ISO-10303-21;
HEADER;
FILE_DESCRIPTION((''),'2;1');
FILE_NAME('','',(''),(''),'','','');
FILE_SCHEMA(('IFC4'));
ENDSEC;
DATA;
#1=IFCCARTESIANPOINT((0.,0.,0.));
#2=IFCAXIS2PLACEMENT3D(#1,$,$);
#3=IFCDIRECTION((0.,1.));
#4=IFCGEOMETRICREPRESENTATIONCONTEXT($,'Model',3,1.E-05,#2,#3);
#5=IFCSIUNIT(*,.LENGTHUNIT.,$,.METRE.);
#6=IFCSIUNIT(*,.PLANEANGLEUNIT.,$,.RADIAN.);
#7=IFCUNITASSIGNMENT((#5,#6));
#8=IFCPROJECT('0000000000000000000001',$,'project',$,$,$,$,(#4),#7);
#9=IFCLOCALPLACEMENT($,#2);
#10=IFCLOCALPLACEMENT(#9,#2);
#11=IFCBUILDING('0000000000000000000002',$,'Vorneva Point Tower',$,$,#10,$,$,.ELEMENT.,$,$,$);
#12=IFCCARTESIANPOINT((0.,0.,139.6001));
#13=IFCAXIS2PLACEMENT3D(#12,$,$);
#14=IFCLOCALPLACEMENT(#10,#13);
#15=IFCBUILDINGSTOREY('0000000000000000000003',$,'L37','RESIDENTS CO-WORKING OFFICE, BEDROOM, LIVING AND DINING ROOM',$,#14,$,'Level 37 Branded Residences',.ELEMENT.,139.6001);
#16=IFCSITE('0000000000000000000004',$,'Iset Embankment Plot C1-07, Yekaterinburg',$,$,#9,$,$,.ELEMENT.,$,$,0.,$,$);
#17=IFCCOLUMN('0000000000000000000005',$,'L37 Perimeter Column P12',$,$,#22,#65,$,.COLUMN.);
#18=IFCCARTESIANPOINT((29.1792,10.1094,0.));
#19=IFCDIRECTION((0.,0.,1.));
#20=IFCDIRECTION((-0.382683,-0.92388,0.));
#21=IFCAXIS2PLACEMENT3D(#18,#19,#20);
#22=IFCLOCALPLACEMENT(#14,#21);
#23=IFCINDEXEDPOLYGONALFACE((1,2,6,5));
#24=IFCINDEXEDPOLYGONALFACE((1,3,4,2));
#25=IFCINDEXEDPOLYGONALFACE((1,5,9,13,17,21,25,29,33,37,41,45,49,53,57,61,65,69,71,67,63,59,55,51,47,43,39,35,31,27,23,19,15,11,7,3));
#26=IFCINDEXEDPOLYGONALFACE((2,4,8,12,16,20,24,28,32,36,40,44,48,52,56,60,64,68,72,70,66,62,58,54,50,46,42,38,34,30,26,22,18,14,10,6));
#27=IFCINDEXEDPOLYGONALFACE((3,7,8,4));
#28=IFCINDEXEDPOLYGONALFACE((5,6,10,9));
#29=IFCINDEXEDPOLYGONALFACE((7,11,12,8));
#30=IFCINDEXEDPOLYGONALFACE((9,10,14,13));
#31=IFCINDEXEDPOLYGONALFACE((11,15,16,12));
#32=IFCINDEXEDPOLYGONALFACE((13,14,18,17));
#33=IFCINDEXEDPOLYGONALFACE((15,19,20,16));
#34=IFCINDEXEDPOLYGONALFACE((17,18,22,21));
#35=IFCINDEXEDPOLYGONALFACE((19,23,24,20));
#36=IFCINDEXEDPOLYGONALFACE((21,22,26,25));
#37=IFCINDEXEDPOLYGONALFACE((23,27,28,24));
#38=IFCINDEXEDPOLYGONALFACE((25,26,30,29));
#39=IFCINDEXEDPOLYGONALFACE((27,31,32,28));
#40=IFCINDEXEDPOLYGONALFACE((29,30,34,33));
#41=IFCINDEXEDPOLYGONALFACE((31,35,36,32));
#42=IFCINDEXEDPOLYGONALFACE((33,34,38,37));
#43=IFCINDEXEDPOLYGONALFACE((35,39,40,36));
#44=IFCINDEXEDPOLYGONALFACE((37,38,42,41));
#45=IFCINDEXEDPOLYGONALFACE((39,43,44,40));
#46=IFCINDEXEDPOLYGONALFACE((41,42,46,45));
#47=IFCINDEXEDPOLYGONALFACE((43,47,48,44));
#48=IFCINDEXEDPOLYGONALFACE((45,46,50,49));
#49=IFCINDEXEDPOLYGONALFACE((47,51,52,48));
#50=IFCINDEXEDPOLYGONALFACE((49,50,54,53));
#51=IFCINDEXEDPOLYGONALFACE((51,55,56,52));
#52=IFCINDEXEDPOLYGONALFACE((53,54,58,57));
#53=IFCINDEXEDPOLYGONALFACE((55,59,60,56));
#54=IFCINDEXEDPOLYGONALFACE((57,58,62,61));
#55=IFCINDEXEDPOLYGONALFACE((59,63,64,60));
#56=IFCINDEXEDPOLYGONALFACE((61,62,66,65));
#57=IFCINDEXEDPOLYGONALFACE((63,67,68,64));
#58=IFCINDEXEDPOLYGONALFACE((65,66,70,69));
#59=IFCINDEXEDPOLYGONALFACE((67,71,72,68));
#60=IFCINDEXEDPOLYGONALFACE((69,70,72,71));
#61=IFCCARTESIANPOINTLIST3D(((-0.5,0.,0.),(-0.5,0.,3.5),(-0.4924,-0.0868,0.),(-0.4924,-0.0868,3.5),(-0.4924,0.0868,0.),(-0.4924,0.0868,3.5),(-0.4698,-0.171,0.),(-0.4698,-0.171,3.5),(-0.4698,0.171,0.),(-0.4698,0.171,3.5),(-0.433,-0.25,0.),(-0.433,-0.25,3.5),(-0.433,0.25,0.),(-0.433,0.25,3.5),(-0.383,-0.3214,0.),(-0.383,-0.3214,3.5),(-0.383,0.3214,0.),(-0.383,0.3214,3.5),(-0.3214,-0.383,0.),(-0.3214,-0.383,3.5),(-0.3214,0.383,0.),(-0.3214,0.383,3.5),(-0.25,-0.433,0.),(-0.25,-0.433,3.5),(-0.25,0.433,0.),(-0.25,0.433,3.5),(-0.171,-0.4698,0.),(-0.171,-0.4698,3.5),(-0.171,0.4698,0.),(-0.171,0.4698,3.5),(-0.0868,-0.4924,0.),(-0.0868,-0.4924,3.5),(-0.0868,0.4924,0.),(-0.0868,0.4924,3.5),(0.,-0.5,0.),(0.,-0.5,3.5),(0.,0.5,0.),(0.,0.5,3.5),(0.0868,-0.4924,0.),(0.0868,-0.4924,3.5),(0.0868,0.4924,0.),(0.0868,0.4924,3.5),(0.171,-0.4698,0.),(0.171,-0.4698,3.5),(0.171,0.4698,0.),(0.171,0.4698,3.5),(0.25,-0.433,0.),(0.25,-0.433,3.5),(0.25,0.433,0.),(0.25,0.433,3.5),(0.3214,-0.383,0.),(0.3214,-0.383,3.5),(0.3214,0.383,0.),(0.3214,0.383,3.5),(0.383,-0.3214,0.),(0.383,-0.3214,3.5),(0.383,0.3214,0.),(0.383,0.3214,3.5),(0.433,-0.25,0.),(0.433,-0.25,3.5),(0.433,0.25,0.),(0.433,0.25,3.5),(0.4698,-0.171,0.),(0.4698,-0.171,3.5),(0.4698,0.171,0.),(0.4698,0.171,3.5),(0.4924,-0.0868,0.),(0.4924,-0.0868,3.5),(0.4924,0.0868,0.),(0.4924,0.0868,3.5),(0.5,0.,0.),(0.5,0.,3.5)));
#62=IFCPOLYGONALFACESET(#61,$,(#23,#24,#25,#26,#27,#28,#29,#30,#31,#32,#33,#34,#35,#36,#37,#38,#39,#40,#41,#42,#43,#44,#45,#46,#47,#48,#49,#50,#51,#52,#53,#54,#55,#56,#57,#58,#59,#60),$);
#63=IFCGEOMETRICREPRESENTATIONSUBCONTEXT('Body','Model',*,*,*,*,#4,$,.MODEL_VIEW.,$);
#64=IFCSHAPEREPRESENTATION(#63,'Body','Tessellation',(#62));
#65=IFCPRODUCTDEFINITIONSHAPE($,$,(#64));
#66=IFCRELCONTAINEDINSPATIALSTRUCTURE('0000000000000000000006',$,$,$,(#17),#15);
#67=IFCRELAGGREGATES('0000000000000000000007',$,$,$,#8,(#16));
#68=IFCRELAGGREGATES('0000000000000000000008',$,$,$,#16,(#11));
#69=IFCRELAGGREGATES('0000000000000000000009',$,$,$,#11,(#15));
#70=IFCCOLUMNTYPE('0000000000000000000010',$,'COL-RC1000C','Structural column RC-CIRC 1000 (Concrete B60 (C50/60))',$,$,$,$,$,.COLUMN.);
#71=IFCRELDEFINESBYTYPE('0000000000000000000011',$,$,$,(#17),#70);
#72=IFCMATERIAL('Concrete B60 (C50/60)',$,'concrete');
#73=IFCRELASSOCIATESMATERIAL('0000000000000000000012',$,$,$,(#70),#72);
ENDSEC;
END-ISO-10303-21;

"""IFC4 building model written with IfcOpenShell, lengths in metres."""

from ifc_helpers import new_model, si_unit, direction, frame, origin, origin_2d, place, context, subcontext, project, spatial, circle, extrude, material, material_profile, profile_set, type_object, element, save


model = new_model("IFC4")

# Units and contexts
model_context = context("Model", 3, precision=1e-05, world=origin(), true_north=direction((0.0, 1.0)))
body_context = subcontext(model_context, "Body", "Model", "MODEL_VIEW")
ifc_project = project(units=[si_unit("LENGTHUNIT", "METRE"), si_unit("PLANEANGLEUNIT", "RADIAN")], contexts=[model_context])

# Site, building, storey
site_placement = place(None, origin())
site = spatial("IfcSite", under=ifc_project, at=site_placement, Name="Iset Embankment Plot C1-07, Yekaterinburg", CompositionType="ELEMENT", RefElevation=0.0)
building_placement = place(site_placement, origin())
building = spatial("IfcBuilding", under=site, at=building_placement, Name="Vorneva Point Tower", CompositionType="ELEMENT")
storey_placement = place(building_placement, frame((0.0, 0.0, 139.6001)))
storey = spatial("IfcBuildingStorey", under=building, at=storey_placement, Name="L37", Description="RESIDENTS CO-WORKING OFFICE, BEDROOM, LIVING AND DINING ROOM", LongName="Level 37 Branded Residences", CompositionType="ELEMENT", Elevation=139.6001)

# Column
ifc_material_1 = material(Name="Concrete B60 (C50/60)", Category="concrete")
ifc_material_profile_1 = material_profile(ifc_material_1, circle(Radius=0.5, at=origin_2d()), Name="RC-CIRC 1000")
ifc_profile_set_1 = profile_set([ifc_material_profile_1], Name="Concrete B60 (C50/60)")
column_type_1 = type_object("IfcColumnType", Name="COL-RC1000C", Description="Structural column RC-CIRC 1000 (Concrete B60 (C50/60))", PredefinedType="COLUMN", material=ifc_profile_set_1)
column_1_placement = place(storey_placement, frame((29.1792, 10.1094, 0.0), z_axis=(0.0, 0.0, 1.0), x_axis=(-0.382683, -0.92388, 0.0)))
element("IfcColumn", 1, at=column_1_placement, inside=storey, type_object=column_type_1, Name="L37 Perimeter Column P12", PredefinedType="COLUMN", context=body_context, shape_type="SweptSolid", body=[
    extrude(circle(Radius=0.5, at=origin_2d()), origin(), (0.0, 0.0, 1.0), 3.5),
])

save(model, "model.ifc")
